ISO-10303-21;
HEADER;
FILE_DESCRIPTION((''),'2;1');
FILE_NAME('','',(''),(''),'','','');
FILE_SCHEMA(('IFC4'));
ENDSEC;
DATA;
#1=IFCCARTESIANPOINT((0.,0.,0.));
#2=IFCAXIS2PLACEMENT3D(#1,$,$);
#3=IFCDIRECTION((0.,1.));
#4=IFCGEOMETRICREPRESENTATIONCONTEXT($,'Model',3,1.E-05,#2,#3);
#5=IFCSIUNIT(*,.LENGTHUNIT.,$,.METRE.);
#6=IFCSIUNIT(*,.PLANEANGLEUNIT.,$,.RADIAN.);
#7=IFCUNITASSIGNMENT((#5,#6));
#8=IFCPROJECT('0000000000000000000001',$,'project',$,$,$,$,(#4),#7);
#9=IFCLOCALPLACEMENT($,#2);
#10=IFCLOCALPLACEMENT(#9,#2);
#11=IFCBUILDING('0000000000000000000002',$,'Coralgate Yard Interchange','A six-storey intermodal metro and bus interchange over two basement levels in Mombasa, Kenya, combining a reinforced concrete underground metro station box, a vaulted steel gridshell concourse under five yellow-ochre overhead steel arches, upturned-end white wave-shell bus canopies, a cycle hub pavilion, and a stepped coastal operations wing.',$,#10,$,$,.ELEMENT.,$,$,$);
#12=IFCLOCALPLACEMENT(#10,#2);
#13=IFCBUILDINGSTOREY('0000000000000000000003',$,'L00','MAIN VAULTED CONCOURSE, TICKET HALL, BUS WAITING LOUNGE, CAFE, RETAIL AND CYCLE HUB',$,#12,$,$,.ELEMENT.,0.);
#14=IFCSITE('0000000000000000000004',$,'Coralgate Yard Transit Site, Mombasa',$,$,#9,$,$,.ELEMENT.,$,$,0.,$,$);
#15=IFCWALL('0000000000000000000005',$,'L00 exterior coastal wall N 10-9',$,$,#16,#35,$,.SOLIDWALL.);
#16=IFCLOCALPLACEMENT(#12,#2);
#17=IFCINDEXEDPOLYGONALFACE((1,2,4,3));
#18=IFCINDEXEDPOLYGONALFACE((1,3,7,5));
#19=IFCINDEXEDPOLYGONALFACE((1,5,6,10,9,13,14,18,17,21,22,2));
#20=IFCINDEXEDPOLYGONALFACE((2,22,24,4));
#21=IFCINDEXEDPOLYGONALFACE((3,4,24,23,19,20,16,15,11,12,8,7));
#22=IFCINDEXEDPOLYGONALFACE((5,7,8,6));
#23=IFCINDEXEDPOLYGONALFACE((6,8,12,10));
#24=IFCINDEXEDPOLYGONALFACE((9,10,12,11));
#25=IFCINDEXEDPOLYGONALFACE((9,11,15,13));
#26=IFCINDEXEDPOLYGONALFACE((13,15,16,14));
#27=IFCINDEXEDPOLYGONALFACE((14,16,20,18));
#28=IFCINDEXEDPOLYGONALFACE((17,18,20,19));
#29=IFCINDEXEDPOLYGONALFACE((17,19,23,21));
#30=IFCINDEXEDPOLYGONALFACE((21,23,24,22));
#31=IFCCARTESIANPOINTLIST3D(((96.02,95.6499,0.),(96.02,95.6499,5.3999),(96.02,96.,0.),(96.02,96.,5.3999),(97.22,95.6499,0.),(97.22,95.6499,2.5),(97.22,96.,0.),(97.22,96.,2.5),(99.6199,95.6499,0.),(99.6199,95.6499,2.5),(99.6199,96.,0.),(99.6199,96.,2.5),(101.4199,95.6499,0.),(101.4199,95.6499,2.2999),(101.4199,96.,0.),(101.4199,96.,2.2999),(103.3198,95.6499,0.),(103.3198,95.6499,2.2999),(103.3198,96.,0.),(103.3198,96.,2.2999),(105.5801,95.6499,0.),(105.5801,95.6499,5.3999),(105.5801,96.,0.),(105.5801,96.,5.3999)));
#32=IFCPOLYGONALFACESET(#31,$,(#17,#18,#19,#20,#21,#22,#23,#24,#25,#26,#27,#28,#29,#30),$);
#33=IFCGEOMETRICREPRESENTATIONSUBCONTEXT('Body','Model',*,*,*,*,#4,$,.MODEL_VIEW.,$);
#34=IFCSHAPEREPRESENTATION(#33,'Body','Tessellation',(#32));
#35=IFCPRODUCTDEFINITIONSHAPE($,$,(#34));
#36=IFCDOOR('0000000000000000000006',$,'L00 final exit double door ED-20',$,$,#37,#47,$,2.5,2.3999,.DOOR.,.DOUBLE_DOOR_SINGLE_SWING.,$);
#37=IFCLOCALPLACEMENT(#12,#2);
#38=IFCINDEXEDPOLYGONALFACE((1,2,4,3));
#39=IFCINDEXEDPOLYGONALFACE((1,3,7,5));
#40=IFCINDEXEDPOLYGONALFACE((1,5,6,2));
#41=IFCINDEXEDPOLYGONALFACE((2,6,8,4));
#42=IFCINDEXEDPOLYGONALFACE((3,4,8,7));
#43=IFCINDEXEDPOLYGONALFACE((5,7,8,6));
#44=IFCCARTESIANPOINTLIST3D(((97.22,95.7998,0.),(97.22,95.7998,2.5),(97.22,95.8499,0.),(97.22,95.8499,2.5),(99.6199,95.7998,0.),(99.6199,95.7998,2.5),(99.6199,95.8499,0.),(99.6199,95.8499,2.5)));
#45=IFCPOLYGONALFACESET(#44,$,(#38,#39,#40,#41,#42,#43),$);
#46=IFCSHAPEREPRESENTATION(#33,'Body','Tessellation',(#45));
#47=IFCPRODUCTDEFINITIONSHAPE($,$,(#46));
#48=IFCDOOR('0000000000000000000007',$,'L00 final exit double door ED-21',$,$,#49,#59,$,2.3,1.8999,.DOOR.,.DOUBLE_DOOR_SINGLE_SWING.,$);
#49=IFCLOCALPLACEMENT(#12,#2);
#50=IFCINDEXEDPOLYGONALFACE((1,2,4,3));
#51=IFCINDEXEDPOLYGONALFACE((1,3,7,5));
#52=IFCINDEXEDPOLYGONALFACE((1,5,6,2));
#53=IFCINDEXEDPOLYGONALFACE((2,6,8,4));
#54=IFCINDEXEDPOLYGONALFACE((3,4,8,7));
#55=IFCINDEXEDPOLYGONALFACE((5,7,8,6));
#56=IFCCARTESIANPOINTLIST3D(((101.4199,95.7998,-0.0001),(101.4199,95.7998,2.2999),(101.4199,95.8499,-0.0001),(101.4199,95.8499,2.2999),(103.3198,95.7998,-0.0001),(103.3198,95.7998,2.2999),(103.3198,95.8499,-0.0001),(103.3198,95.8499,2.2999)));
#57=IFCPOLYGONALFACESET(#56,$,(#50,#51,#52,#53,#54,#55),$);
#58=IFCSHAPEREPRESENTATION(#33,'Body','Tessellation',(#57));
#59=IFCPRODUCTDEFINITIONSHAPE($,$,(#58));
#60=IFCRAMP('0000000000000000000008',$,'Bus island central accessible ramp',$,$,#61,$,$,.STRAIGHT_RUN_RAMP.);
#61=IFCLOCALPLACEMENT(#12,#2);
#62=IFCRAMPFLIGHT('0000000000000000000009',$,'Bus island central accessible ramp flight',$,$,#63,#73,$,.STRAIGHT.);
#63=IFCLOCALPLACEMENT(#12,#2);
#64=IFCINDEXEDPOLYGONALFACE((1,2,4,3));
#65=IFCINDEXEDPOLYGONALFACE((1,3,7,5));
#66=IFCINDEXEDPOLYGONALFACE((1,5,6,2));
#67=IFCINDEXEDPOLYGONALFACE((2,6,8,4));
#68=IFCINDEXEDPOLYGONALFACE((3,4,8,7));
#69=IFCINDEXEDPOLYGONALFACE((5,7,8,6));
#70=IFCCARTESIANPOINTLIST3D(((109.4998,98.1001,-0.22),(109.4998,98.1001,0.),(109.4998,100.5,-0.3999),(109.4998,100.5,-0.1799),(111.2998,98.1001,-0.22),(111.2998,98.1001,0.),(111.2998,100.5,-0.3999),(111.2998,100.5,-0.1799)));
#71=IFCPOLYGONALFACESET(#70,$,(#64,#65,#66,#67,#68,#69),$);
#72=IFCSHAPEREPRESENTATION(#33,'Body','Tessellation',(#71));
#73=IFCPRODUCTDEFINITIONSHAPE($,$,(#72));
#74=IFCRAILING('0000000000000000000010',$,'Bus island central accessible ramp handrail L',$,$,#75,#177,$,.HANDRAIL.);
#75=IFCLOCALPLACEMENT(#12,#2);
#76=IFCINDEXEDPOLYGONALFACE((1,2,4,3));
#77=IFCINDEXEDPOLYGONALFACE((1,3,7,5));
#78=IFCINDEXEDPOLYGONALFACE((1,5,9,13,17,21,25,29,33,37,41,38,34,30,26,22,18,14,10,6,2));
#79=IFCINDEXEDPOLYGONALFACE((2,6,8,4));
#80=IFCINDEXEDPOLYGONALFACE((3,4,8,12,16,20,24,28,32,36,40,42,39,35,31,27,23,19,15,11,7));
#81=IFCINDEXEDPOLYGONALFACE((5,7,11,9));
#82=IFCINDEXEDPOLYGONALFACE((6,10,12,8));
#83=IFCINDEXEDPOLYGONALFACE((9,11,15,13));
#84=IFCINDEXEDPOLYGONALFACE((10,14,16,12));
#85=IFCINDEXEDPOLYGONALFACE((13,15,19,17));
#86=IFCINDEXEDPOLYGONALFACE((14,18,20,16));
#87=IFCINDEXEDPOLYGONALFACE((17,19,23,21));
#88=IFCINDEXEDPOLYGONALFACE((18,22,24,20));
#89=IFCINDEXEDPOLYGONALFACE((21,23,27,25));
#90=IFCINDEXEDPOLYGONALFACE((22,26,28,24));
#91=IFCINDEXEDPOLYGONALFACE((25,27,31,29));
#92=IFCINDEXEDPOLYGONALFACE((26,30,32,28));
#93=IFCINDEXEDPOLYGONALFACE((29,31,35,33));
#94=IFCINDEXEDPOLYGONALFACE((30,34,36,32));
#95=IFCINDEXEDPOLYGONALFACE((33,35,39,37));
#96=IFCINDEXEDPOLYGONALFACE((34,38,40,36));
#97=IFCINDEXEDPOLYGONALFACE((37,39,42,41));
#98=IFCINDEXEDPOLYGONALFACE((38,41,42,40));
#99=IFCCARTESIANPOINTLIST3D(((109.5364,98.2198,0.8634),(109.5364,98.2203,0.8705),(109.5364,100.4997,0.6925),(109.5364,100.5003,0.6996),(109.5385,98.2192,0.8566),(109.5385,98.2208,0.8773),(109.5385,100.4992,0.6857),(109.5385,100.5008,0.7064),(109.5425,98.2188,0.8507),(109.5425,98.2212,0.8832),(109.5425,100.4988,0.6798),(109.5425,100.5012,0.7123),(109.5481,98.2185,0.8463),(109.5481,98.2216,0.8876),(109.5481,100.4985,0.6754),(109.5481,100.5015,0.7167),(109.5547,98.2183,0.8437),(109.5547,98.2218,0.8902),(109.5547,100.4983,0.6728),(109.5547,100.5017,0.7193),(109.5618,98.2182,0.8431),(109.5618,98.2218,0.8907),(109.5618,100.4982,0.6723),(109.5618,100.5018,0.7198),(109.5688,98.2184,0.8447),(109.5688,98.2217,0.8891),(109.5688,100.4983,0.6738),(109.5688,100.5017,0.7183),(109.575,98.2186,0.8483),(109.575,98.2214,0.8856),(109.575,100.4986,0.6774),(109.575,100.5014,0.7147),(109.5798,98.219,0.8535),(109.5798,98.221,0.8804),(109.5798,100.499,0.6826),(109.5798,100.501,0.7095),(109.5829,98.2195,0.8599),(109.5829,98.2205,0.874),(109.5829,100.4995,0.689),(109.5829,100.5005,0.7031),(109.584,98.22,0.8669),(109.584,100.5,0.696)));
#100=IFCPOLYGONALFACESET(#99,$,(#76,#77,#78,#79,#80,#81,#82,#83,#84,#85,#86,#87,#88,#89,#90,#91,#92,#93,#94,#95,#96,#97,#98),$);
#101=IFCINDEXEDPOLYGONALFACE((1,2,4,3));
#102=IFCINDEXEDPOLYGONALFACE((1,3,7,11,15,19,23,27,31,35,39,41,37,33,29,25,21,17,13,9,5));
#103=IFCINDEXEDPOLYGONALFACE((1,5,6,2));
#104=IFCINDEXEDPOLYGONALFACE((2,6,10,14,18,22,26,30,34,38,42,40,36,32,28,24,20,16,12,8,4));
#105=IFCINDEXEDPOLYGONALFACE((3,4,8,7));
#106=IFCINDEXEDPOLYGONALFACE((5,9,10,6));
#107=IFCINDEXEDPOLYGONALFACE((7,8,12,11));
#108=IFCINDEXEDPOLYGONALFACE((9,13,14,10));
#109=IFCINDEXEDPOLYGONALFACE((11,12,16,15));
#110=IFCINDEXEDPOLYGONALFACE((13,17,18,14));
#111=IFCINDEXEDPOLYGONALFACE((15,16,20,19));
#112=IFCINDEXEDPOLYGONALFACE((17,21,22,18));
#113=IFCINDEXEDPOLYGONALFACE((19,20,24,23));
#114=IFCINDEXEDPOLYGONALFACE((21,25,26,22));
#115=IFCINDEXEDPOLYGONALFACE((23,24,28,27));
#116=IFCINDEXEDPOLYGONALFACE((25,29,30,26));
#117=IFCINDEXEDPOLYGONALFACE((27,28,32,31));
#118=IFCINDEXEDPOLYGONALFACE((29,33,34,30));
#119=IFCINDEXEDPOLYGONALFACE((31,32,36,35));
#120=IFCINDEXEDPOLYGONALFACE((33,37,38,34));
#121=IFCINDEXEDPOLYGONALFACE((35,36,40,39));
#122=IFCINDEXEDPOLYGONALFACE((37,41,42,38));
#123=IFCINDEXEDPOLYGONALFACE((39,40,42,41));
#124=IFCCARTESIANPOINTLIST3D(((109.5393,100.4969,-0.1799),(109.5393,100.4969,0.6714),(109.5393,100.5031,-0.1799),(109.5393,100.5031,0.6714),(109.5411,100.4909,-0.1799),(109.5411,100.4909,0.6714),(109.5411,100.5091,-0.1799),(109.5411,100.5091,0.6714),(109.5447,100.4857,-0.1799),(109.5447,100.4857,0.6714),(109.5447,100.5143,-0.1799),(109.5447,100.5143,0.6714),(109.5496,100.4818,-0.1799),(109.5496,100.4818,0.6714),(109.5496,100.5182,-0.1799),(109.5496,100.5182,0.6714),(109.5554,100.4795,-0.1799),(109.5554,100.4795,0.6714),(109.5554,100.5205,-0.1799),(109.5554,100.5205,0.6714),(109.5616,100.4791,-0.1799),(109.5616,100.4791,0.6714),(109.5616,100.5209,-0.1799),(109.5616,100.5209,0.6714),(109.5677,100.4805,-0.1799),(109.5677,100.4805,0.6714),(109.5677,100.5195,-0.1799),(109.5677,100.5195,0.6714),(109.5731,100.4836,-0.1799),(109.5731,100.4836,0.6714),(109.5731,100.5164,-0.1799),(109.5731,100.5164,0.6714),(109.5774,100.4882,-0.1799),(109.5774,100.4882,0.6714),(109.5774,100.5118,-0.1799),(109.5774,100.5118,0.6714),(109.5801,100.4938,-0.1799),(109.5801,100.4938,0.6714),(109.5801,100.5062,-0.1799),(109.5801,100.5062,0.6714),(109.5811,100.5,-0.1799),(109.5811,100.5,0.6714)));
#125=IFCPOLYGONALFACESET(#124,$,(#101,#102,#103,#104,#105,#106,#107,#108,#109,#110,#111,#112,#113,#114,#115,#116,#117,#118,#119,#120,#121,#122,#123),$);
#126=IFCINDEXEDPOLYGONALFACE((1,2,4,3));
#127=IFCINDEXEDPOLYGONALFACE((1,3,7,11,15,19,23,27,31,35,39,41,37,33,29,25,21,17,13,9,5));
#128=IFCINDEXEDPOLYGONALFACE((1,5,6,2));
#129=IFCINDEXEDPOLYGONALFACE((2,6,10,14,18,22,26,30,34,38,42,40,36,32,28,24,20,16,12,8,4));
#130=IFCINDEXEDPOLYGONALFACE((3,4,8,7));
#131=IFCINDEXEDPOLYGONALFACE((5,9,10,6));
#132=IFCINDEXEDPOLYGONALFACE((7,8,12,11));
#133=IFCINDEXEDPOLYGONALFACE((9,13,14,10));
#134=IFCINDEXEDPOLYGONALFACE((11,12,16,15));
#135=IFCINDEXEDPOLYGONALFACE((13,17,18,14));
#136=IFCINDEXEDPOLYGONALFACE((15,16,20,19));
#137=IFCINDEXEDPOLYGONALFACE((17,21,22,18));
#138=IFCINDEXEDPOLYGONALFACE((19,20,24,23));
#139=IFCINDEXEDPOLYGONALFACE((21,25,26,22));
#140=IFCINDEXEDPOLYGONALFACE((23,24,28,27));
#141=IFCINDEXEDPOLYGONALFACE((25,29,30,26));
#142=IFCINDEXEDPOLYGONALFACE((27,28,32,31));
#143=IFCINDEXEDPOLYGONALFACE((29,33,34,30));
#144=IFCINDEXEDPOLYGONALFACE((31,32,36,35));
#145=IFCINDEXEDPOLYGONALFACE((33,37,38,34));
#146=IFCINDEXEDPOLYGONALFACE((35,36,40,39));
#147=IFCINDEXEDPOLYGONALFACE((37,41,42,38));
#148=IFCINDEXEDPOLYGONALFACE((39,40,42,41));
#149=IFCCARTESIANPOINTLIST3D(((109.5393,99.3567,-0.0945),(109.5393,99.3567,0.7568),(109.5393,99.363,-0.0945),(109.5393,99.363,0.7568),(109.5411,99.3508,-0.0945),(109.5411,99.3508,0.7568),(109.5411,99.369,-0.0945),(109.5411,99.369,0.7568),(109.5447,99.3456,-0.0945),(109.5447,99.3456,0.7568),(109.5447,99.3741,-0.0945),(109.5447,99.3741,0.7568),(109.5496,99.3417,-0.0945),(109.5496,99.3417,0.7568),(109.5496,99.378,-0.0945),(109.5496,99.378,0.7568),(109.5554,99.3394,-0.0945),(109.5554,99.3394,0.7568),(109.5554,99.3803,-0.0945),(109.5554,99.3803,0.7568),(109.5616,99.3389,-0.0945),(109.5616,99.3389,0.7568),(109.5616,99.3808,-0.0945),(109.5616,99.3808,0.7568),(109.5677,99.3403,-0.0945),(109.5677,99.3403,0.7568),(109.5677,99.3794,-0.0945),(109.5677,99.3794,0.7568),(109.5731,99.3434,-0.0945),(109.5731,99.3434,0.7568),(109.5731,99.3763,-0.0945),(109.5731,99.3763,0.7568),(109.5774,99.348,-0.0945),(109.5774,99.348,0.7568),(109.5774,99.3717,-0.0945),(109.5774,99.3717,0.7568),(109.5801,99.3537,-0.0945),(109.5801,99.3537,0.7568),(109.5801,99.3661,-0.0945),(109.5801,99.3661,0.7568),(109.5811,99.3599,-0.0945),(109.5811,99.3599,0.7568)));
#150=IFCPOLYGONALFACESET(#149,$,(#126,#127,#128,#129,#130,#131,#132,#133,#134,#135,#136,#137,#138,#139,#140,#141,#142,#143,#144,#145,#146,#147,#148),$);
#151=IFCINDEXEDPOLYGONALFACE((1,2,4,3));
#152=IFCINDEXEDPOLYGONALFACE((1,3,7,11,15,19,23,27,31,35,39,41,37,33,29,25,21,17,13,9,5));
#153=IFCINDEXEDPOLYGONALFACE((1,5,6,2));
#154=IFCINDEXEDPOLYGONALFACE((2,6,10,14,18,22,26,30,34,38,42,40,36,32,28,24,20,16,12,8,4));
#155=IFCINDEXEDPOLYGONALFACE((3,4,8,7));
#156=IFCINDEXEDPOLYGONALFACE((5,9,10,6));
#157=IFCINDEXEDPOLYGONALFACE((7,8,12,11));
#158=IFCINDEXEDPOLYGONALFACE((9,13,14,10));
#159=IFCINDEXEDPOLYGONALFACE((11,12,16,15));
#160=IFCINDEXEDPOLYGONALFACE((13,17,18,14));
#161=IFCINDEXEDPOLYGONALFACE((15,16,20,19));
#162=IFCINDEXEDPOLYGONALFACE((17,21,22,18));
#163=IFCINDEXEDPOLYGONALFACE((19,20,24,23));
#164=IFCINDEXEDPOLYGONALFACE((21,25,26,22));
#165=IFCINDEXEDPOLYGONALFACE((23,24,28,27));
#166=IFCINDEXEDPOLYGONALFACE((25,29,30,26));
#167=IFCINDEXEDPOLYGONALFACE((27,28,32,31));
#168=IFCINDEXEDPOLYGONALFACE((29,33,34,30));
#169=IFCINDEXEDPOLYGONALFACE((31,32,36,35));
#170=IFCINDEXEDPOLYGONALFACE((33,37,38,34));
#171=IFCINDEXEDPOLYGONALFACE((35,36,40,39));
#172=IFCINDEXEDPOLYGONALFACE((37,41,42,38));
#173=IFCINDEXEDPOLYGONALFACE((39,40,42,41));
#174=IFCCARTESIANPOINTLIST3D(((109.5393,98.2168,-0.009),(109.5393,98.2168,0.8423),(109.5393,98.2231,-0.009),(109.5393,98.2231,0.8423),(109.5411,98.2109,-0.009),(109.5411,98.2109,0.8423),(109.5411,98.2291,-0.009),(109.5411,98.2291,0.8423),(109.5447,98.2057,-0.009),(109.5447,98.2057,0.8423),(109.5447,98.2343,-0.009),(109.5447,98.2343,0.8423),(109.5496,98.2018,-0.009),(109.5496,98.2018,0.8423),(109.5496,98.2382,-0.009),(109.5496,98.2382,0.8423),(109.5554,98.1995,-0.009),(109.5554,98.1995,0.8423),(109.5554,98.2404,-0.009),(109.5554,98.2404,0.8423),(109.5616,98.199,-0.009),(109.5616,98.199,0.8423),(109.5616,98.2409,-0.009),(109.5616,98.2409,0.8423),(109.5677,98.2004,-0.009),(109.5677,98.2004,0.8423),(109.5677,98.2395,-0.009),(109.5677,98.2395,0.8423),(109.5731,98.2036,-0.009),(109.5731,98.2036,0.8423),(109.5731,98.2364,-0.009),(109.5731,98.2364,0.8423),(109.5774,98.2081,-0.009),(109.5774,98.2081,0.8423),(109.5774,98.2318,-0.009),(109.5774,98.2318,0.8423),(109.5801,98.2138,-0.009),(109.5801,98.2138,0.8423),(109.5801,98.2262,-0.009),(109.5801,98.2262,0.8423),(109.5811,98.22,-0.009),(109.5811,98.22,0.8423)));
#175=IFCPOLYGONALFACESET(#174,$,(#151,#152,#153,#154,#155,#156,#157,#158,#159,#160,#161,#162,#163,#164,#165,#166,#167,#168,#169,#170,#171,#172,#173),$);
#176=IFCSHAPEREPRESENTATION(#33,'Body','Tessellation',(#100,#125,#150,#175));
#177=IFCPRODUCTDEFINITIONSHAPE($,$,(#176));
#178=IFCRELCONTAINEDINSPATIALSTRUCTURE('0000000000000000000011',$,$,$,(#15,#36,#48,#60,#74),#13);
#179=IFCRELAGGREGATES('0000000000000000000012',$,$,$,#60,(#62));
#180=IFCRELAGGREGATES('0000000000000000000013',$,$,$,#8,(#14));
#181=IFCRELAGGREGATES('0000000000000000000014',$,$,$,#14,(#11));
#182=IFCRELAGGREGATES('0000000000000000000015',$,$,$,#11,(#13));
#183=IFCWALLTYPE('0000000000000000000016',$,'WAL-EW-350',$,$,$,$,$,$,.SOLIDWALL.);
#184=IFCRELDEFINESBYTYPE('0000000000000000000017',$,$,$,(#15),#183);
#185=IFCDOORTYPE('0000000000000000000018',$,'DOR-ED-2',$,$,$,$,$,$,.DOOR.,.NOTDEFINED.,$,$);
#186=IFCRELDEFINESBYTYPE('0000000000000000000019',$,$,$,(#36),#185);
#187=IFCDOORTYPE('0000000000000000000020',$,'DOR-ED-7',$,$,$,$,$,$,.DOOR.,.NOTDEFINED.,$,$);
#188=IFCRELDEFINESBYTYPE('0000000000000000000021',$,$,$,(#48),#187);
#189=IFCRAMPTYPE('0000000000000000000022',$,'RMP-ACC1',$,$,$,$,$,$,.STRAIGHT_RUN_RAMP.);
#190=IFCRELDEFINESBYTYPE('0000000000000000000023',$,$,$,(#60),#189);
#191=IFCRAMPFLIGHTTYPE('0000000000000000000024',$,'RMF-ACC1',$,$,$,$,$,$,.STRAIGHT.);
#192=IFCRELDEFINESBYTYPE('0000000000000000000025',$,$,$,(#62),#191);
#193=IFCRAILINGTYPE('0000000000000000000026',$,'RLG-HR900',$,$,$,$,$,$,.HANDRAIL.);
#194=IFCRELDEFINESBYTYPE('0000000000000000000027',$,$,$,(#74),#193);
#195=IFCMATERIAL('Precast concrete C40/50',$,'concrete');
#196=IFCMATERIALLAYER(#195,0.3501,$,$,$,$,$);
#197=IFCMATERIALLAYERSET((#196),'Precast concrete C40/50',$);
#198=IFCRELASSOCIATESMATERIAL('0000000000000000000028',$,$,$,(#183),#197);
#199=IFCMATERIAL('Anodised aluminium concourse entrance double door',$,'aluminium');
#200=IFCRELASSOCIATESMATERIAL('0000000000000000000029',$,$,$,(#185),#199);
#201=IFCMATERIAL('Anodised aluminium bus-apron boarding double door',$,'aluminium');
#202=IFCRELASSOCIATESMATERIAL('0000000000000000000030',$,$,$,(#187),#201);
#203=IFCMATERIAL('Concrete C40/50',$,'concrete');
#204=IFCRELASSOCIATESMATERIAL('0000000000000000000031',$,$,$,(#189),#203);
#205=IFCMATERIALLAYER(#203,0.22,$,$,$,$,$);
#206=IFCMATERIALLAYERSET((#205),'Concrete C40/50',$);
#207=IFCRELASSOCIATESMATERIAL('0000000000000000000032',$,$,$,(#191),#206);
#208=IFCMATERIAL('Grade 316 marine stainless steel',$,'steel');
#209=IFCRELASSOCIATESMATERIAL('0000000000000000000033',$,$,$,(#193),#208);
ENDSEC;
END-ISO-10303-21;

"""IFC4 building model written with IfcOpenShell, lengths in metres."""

from ifc_helpers import new_model, si_unit, direction, frame, frame_2d, origin, origin_2d, place, context, subcontext, project, spatial, polyline, rectangle, circle, outline, extrude, material, layer, layer_set, type_object, element, fill, aggregate, save


model = new_model("IFC4")

# Units and contexts
model_context = context("Model", 3, precision=1e-05, world=origin(), true_north=direction((0.0, 1.0)))
body_context = subcontext(model_context, "Body", "Model", "MODEL_VIEW")
ifc_project = project(units=[si_unit("LENGTHUNIT", "METRE"), si_unit("PLANEANGLEUNIT", "RADIAN")], contexts=[model_context])

# Site, building, storey
site_placement = place(None, origin())
site = spatial("IfcSite", under=ifc_project, at=site_placement, Name="Coralgate Yard Transit Site, Mombasa", CompositionType="ELEMENT", RefElevation=0.0)
building_placement = place(site_placement, origin())
building = spatial("IfcBuilding", under=site, at=building_placement, Name="Coralgate Yard Interchange", Description="A six-storey intermodal metro and bus interchange over two basement levels in Mombasa, Kenya, combining a reinforced concrete underground metro station box, a vaulted steel gridshell concourse under five yellow-ochre overhead steel arches, upturned-end white wave-shell bus canopies, a cycle hub pavilion, and a stepped coastal operations wing.", CompositionType="ELEMENT")
storey_placement = place(building_placement, origin())
storey = spatial("IfcBuildingStorey", under=building, at=storey_placement, Name="L00", Description="MAIN VAULTED CONCOURSE, TICKET HALL, BUS WAITING LOUNGE, CAFE, RETAIL AND CYCLE HUB", CompositionType="ELEMENT", Elevation=0.0)

# Shared definitions
ifc_material_1 = material(Name="Concrete C40/50", Category="concrete")

# Wall, openings, doors
ifc_material_2 = material(Name="Precast concrete C40/50", Category="concrete")
ifc_layer_1 = layer(ifc_material_2, 0.3501)
ifc_layer_set_1 = layer_set([ifc_layer_1], Name="Precast concrete C40/50")
wall_type = type_object("IfcWallType", Name="WAL-EW-350", PredefinedType="SOLIDWALL", material=ifc_layer_set_1)
wall_1_placement = place(storey_placement, frame((96.02, 95.825, 0.0), z_axis=(0.0, 0.0, 1.0), x_axis=(1.0, 0.0, 0.0)))
wall_1 = element("IfcWall", 1, at=wall_1_placement, inside=storey, type_object=wall_type, Name="L00 exterior coastal wall N 10-9", PredefinedType="SOLIDWALL", context=body_context, shape_type="SweptSolid", body=[
    extrude(rectangle(XDim=9.5601, YDim=0.3501, at=frame_2d((4.78, 0.0))), origin(), (0.0, 0.0, 1.0), 5.3999),
])
opening_1_placement = place(wall_1_placement, frame((1.2, 0.0, 0.0)))
opening_1 = element("IfcOpeningElement", 2, at=opening_1_placement, cuts=wall_1, PredefinedType="OPENING", context=body_context, shape_type="SweptSolid", body=[
    extrude(rectangle(XDim=2.3999, YDim=2.5, at=frame_2d((1.2, 1.25))), frame((0.0, 0.1851, 0.0), z_axis=(0.0, -1.0, 0.0), x_axis=(1.0, 0.0, 0.0)), (0.0, 0.0, 1.0), 0.3701),
])
opening_2_placement = place(wall_1_placement, frame((5.3999, 0.0, 0.0)))
opening_2 = element("IfcOpeningElement", 3, at=opening_2_placement, cuts=wall_1, PredefinedType="OPENING", context=body_context, shape_type="SweptSolid", body=[
    extrude(rectangle(XDim=1.8999, YDim=2.3, at=frame_2d((0.95, 1.1499))), frame((0.0, 0.1851, 0.0), z_axis=(0.0, -1.0, 0.0), x_axis=(1.0, 0.0, 0.0)), (0.0, 0.0, 1.0), 0.3701),
])
ifc_material_3 = material(Name="Anodised aluminium concourse entrance double door", Category="aluminium")
door_type_1 = type_object("IfcDoorType", Name="DOR-ED-2", OperationType="NOTDEFINED", PredefinedType="DOOR", material=ifc_material_3)
door_1_placement = place(opening_1_placement, origin())
door_1 = element("IfcDoor", 4, at=door_1_placement, inside=storey, type_object=door_type_1, Name="L00 final exit double door ED-20", OperationType="DOUBLE_DOOR_SINGLE_SWING", OverallHeight=2.5, OverallWidth=2.3999, PredefinedType="DOOR", context=body_context, shape_type="SweptSolid", body=[
    extrude(rectangle(XDim=2.3999, YDim=2.5, at=frame_2d((1.2, 1.25))), frame((0.0, 0.0249, 0.0), z_axis=(0.0, -1.0, 0.0), x_axis=(1.0, 0.0, 0.0)), (0.0, 0.0, 1.0), 0.05),
])
fill(opening_1, door_1)
ifc_material_4 = material(Name="Anodised aluminium bus-apron boarding double door", Category="aluminium")
door_type_2 = type_object("IfcDoorType", Name="DOR-ED-7", OperationType="NOTDEFINED", PredefinedType="DOOR", material=ifc_material_4)
door_2_placement = place(opening_2_placement, origin())
door_2 = element("IfcDoor", 5, at=door_2_placement, inside=storey, type_object=door_type_2, Name="L00 final exit double door ED-21", OperationType="DOUBLE_DOOR_SINGLE_SWING", OverallHeight=2.3, OverallWidth=1.8999, PredefinedType="DOOR", context=body_context, shape_type="SweptSolid", body=[
    extrude(rectangle(XDim=1.8999, YDim=2.3, at=frame_2d((0.95, 1.1499))), frame((0.0, 0.0249, 0.0), z_axis=(0.0, -1.0, 0.0), x_axis=(1.0, 0.0, 0.0)), (0.0, 0.0, 1.0), 0.05),
])
fill(opening_2, door_2)

# Ramp, ramp flight
ramp_type = type_object("IfcRampType", Name="RMP-ACC1", PredefinedType="STRAIGHT_RUN_RAMP", material=ifc_material_1)
ramp_placement = place(storey_placement, origin())
ramp = element("IfcRamp", 6, at=ramp_placement, inside=storey, type_object=ramp_type, Name="Bus island central accessible ramp", PredefinedType="STRAIGHT_RUN_RAMP")
ifc_layer_2 = layer(ifc_material_1, 0.22)
ifc_layer_set_2 = layer_set([ifc_layer_2], Name="Concrete C40/50")
ramp_flight_type = type_object("IfcRampFlightType", Name="RMF-ACC1", PredefinedType="STRAIGHT", material=ifc_layer_set_2)
ramp_flight_placement = place(storey_placement, frame((110.3999, 100.5, -0.1799), z_axis=(0.0, 0.0, 1.0), x_axis=(0.0, -1.0, 0.0)))
ramp_flight = element("IfcRampFlight", 7, at=ramp_flight_placement, type_object=ramp_flight_type, Name="Bus island central accessible ramp flight", PredefinedType="STRAIGHT", context=body_context, shape_type="SweptSolid", body=[
    extrude(outline(polyline([(0.0, 0.0), (2.3999, 0.1799), (2.3999, -0.04), (0.0, -0.22), (0.0, 0.0)])), frame((0.0, 0.8999, 0.0), z_axis=(0.0, -1.0, 0.0), x_axis=(1.0, 0.0, 0.0)), (0.0, 0.0, 1.0), 1.8),
])
aggregate(ramp, [ramp_flight])

# Railing
ifc_material_5 = material(Name="Grade 316 marine stainless steel", Category="steel")
railing_type = type_object("IfcRailingType", Name="RLG-HR900", PredefinedType="HANDRAIL", material=ifc_material_5)
for number, where, name in (
    (8, (109.5601, 100.5, -0.1799), "Bus island central accessible ramp handrail L"),
):
    element("IfcRailing", number, at=place(storey_placement, frame(where)), inside=storey, type_object=railing_type, Name=name, PredefinedType="HANDRAIL", context=body_context, shape_type="SweptSolid", body=[
        extrude(circle(Radius=0.0239, at=origin_2d()), frame((0.0, 0.0, 0.876), z_axis=(0.0, -0.997203, 0.074745), x_axis=(1.0, 0.0, 0.0)), (0.0, 0.0, 1.0), 2.2864),
        extrude(circle(Radius=0.021, at=origin_2d()), origin(), (0.0, 0.0, 1.0), 0.8513),
        extrude(circle(Radius=0.021, at=origin_2d()), frame((0.0, -1.1401, 0.0854)), (0.0, 0.0, 1.0), 0.8513),
        extrude(circle(Radius=0.021, at=origin_2d()), frame((0.0, -2.28, 0.1709)), (0.0, 0.0, 1.0), 0.8513),
    ])

save(model, "model.ifc")
